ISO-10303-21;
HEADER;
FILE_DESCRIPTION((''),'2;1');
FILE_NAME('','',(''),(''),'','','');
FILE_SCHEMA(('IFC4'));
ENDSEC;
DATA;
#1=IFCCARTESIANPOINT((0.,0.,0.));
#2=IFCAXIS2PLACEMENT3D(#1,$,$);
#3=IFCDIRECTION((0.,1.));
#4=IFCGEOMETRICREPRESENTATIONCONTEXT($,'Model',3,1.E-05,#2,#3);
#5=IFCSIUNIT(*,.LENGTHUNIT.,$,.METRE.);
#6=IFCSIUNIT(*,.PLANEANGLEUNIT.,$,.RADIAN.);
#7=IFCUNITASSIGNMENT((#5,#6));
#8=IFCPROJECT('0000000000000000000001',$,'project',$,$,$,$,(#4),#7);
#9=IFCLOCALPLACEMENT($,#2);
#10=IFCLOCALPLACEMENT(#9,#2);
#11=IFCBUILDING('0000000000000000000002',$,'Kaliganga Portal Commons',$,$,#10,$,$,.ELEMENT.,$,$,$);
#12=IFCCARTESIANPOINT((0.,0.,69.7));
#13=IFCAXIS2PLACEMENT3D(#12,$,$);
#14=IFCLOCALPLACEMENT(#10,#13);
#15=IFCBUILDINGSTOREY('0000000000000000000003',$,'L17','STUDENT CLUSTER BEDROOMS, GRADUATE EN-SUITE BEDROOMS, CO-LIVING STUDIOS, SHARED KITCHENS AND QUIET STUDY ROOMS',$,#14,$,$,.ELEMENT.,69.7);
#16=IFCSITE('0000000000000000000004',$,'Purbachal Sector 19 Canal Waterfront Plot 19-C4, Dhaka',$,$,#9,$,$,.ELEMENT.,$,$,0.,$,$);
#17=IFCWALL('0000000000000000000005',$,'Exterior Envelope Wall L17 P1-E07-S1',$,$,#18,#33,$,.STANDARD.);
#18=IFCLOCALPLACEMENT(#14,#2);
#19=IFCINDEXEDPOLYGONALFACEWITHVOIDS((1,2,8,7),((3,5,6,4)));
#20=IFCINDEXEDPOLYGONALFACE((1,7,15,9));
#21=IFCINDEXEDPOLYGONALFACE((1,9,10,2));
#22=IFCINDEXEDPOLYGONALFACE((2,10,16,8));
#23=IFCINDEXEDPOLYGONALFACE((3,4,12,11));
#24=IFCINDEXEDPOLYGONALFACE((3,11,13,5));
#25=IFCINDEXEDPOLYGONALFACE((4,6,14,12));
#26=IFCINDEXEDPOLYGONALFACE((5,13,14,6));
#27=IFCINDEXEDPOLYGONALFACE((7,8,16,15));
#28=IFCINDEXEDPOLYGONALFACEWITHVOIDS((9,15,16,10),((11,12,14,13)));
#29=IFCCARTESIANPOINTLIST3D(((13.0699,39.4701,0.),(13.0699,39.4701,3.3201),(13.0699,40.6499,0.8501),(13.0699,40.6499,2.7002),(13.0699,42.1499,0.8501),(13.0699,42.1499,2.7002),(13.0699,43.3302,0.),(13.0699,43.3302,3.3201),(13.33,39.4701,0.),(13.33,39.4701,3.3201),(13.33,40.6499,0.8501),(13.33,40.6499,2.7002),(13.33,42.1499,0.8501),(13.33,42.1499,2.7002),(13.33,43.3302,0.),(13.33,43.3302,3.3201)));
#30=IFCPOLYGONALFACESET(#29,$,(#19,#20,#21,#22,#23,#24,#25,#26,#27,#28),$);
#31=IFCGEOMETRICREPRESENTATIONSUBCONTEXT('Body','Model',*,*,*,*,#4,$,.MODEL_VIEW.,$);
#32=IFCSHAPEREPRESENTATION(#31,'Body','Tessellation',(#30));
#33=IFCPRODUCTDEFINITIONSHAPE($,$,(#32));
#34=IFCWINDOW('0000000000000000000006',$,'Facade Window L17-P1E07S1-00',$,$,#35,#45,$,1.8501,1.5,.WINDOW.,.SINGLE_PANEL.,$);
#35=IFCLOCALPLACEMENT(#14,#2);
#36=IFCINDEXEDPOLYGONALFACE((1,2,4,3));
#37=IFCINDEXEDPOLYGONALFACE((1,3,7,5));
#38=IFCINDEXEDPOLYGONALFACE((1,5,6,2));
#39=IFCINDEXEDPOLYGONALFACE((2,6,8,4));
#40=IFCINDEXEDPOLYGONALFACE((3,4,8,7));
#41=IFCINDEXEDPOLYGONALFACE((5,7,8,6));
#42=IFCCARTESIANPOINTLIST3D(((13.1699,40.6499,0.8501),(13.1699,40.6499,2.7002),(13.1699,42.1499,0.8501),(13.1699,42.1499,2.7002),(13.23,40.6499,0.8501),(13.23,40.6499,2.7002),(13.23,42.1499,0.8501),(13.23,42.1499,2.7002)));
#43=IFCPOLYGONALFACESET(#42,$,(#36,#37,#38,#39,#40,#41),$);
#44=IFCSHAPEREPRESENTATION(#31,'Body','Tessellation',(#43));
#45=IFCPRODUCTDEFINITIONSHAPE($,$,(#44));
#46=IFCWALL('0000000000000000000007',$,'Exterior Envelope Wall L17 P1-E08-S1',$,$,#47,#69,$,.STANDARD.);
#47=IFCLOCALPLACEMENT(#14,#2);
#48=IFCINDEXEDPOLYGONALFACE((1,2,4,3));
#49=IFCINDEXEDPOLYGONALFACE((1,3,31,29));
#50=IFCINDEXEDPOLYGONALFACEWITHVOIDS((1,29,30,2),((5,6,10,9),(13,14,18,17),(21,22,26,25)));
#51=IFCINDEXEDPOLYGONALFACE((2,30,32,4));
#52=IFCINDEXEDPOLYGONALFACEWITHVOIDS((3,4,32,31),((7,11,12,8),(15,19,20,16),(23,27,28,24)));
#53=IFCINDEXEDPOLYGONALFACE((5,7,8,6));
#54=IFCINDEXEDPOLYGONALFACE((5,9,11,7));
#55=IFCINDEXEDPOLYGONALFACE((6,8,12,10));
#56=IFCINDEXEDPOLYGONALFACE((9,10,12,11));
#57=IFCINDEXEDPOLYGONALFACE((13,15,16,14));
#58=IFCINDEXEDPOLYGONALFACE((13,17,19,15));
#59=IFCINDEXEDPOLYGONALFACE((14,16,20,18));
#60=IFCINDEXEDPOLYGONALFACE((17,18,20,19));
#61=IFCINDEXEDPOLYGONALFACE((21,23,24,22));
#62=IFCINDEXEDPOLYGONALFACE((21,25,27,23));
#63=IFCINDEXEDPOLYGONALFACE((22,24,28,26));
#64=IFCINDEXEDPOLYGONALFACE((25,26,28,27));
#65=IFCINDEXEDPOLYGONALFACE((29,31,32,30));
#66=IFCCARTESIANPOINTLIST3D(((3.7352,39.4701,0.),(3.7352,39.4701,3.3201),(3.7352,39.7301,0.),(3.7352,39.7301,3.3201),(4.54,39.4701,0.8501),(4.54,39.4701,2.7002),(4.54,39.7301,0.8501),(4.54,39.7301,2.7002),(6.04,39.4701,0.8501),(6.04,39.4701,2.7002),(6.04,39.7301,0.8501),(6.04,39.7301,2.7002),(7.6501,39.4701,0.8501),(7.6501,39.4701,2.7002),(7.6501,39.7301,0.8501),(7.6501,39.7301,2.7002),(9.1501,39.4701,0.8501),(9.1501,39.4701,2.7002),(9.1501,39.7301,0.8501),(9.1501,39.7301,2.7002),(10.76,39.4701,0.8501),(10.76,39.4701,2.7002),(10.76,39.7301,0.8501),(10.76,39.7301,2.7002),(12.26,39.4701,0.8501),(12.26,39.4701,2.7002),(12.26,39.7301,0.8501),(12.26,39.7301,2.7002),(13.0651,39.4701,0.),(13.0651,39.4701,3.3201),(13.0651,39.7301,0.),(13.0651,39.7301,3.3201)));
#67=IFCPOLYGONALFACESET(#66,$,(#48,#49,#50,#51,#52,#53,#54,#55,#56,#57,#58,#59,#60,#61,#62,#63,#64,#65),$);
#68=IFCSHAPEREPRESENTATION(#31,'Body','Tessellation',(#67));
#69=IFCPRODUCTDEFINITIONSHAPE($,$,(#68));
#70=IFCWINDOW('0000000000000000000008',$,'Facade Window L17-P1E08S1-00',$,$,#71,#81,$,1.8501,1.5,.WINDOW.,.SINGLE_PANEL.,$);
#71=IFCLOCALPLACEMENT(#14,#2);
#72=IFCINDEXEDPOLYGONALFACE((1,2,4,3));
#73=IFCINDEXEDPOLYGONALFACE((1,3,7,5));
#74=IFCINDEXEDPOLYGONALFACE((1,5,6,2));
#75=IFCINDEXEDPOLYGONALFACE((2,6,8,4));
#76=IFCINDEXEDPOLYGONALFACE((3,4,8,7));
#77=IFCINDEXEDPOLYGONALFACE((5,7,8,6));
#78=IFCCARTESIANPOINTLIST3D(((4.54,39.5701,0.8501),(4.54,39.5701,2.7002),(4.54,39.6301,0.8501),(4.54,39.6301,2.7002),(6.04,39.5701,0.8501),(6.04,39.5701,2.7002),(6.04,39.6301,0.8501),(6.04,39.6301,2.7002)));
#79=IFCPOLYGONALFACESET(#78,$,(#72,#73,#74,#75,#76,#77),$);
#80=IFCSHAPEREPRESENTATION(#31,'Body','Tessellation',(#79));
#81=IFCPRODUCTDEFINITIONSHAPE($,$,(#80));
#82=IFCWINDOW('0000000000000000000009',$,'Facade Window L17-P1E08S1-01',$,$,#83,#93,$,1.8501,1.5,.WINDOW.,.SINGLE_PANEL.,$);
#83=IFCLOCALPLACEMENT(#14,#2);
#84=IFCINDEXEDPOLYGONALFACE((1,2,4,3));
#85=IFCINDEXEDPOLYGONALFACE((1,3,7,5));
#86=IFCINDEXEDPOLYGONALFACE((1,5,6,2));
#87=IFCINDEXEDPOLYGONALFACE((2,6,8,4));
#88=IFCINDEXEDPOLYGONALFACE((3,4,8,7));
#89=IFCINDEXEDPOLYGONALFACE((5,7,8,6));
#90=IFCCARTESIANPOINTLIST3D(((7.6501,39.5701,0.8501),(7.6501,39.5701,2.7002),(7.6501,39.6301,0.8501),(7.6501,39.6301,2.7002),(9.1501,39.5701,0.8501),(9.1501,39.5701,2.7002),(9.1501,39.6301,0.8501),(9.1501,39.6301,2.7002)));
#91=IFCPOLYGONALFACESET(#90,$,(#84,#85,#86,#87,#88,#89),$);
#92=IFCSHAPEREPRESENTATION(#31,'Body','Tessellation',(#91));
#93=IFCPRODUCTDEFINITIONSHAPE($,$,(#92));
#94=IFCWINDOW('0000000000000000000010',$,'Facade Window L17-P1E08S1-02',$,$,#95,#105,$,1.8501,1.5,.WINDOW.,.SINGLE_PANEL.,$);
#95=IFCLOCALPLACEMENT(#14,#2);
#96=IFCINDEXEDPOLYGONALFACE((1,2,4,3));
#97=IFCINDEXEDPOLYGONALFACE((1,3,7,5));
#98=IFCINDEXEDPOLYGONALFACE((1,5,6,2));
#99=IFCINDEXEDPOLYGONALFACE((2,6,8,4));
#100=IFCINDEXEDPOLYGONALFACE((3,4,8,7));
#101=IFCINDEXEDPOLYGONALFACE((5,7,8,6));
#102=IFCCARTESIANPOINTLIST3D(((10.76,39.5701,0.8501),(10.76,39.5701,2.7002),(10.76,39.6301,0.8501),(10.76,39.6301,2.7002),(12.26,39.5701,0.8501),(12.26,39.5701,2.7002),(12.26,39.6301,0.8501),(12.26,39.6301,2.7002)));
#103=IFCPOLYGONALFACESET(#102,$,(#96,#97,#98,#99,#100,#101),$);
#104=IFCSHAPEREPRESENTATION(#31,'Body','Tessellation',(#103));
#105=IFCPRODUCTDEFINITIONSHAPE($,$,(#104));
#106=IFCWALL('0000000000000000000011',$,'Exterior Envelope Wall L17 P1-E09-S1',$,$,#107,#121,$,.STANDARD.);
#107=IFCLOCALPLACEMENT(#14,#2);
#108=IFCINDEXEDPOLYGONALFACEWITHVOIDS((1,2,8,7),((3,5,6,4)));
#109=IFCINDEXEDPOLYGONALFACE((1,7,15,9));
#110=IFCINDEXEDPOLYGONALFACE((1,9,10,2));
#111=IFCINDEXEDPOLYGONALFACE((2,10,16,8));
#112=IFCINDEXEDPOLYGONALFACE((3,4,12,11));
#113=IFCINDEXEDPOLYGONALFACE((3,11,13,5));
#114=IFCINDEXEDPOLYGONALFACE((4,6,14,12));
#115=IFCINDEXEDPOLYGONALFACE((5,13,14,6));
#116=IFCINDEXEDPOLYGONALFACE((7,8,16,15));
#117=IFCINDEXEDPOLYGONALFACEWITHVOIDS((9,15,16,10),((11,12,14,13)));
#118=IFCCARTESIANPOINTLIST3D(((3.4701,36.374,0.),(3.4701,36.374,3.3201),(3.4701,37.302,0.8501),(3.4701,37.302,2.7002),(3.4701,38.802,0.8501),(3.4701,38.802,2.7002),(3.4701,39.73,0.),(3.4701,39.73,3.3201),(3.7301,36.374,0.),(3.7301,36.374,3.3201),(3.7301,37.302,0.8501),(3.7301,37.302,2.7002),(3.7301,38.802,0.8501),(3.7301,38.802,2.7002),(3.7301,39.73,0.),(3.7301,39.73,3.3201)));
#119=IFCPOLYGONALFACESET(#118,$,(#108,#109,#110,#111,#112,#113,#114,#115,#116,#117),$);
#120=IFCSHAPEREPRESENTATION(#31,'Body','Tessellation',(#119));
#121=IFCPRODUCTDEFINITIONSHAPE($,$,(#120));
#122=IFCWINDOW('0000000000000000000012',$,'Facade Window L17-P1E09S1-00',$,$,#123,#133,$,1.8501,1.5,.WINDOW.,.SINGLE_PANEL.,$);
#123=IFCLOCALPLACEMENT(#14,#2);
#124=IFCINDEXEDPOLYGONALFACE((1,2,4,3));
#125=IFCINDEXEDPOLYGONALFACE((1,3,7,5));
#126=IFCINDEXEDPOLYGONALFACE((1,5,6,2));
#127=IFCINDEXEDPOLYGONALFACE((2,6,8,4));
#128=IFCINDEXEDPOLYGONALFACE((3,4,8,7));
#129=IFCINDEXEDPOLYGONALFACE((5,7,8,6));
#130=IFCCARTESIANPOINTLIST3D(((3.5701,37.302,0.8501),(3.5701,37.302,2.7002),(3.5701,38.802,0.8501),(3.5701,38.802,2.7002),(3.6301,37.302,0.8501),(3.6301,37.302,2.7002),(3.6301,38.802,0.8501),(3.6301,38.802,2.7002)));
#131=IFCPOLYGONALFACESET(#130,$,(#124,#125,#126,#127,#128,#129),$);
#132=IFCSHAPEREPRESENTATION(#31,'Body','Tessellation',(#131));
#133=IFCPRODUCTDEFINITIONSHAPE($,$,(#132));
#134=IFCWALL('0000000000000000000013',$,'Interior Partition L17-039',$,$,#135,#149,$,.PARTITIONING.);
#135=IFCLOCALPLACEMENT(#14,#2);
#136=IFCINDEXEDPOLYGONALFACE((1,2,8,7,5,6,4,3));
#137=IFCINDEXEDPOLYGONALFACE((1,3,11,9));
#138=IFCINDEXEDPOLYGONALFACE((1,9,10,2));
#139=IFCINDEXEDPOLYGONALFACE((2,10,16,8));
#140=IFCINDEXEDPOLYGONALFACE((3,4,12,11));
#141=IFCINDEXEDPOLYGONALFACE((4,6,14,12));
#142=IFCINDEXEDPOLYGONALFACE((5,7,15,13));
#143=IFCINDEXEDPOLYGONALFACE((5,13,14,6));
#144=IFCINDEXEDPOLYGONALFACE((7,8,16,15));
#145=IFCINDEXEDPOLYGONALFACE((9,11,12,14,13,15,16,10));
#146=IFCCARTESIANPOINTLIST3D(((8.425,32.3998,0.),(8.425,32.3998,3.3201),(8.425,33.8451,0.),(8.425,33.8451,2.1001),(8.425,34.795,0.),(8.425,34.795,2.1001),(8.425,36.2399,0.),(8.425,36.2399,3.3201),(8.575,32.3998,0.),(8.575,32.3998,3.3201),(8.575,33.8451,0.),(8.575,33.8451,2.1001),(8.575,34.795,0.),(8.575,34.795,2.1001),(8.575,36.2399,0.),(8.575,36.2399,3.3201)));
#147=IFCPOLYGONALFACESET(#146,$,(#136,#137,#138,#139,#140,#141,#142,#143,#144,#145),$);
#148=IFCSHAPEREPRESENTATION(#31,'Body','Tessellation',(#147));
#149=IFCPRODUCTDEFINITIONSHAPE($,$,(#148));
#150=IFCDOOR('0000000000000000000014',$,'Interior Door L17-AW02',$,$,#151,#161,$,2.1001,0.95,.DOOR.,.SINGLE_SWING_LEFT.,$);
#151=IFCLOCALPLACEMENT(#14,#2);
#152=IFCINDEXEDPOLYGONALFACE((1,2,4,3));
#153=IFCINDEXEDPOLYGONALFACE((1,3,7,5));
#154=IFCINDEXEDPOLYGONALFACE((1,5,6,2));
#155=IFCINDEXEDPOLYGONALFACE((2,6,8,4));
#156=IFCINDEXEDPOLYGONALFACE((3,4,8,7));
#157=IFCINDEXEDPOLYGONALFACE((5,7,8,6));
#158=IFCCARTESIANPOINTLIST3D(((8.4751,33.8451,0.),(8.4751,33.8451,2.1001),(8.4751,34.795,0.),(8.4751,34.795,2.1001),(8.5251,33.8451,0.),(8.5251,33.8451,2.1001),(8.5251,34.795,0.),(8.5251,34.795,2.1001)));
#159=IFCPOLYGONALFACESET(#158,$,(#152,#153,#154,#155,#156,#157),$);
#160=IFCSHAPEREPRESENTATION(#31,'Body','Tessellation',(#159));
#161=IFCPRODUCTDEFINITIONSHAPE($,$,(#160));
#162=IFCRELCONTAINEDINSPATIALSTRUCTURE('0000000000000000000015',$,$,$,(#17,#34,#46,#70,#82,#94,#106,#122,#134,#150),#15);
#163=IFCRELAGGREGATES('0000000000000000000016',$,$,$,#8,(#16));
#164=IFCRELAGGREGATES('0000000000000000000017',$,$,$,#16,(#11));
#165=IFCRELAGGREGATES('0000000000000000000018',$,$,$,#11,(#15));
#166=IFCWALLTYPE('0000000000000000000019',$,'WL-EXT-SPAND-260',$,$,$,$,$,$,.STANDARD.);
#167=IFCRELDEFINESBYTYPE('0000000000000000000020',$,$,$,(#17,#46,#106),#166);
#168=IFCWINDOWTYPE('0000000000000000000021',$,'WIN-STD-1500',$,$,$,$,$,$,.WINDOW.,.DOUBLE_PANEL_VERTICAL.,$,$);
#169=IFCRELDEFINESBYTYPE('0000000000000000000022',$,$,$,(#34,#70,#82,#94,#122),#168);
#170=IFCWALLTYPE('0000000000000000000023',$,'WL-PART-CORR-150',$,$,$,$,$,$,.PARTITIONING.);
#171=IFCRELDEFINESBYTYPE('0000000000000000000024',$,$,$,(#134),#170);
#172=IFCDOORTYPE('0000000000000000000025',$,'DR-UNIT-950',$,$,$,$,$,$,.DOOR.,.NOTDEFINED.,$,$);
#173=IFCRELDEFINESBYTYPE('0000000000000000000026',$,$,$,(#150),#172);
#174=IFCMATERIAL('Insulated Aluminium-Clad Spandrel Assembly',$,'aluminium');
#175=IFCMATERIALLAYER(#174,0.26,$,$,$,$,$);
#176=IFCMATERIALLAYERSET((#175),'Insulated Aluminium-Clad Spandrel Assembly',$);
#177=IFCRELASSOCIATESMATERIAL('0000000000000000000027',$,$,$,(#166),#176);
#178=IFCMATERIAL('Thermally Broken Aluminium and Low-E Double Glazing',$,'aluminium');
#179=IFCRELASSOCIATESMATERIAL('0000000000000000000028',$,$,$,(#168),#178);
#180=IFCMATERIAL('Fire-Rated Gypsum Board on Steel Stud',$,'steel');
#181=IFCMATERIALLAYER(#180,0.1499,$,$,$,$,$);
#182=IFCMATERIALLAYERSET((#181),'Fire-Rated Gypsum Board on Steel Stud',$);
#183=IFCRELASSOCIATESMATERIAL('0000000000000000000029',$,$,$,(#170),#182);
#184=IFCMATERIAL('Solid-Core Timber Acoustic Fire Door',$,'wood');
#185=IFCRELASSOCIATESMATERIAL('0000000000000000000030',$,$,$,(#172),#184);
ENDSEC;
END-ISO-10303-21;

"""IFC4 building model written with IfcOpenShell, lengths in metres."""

from ifc_helpers import new_model, si_unit, direction, frame, frame_2d, origin, place, context, subcontext, project, spatial, rectangle, extrude, material, layer, layer_set, type_object, element, fill, save


model = new_model("IFC4")

# Units and contexts
model_context = context("Model", 3, precision=1e-05, world=origin(), true_north=direction((0.0, 1.0)))
body_context = subcontext(model_context, "Body", "Model", "MODEL_VIEW")
ifc_project = project(units=[si_unit("LENGTHUNIT", "METRE"), si_unit("PLANEANGLEUNIT", "RADIAN")], contexts=[model_context])

# Site, building, storey
site_placement = place(None, origin())
site = spatial("IfcSite", under=ifc_project, at=site_placement, Name="Purbachal Sector 19 Canal Waterfront Plot 19-C4, Dhaka", CompositionType="ELEMENT", RefElevation=0.0)
building_placement = place(site_placement, origin())
building = spatial("IfcBuilding", under=site, at=building_placement, Name="Kaliganga Portal Commons", CompositionType="ELEMENT")
storey_placement = place(building_placement, frame((0.0, 0.0, 69.7)))
storey = spatial("IfcBuildingStorey", under=building, at=storey_placement, Name="L17", Description="STUDENT CLUSTER BEDROOMS, GRADUATE EN-SUITE BEDROOMS, CO-LIVING STUDIOS, SHARED KITCHENS AND QUIET STUDY ROOMS", CompositionType="ELEMENT", Elevation=69.7)

# Shared definitions
ifc_material_1 = material(Name="Insulated Aluminium-Clad Spandrel Assembly", Category="aluminium")
ifc_layer_1 = layer(ifc_material_1, 0.26)
ifc_layer_set_1 = layer_set([ifc_layer_1], Name="Insulated Aluminium-Clad Spandrel Assembly")
wall_type_1 = type_object("IfcWallType", Name="WL-EXT-SPAND-260", PredefinedType="STANDARD", material=ifc_layer_set_1)

# Wall, opening, window
wall_1_placement = place(storey_placement, frame((13.2, 39.47, 0.0), z_axis=(0.0, 0.0, 1.0), x_axis=(0.0, 1.0, 0.0)))
wall_1 = element("IfcWall", 1, at=wall_1_placement, inside=storey, type_object=wall_type_1, Name="Exterior Envelope Wall L17 P1-E07-S1", PredefinedType="STANDARD", context=body_context, shape_type="SweptSolid", body=[
    extrude(rectangle(XDim=3.8601, YDim=0.26, at=frame_2d((1.9302, 0.0))), origin(), (0.0, 0.0, 1.0), 3.3201),
])
opening_1_placement = place(wall_1_placement, frame((1.1799, 0.0, 0.8501)))
opening_1 = element("IfcOpeningElement", 2, at=opening_1_placement, cuts=wall_1, PredefinedType="OPENING", context=body_context, shape_type="SweptSolid", body=[
    extrude(rectangle(XDim=1.5, YDim=1.8501, at=frame_2d((0.75, 0.925))), frame((0.0, 0.1401, 0.0), z_axis=(0.0, -1.0, 0.0), x_axis=(1.0, 0.0, 0.0)), (0.0, 0.0, 1.0), 0.28),
])
ifc_material_2 = material(Name="Thermally Broken Aluminium and Low-E Double Glazing", Category="aluminium")
window_type = type_object("IfcWindowType", Name="WIN-STD-1500", PartitioningType="DOUBLE_PANEL_VERTICAL", PredefinedType="WINDOW", material=ifc_material_2)
window_1_placement = place(opening_1_placement, origin())
window_1 = element("IfcWindow", 3, at=window_1_placement, inside=storey, type_object=window_type, Name="Facade Window L17-P1E07S1-00", OverallHeight=1.8501, OverallWidth=1.5, PartitioningType="SINGLE_PANEL", PredefinedType="WINDOW", context=body_context, shape_type="SweptSolid", body=[
    extrude(rectangle(XDim=1.5, YDim=1.8501, at=frame_2d((0.75, 0.925))), frame((0.0, 0.03, 0.0), z_axis=(0.0, -1.0, 0.0), x_axis=(1.0, 0.0, 0.0)), (0.0, 0.0, 1.0), 0.0601),
])
fill(opening_1, window_1)

# Wall, openings, windows
wall_2_placement = place(storey_placement, frame((3.7351, 39.6001, 0.0), z_axis=(0.0, 0.0, 1.0), x_axis=(1.0, 0.0, 0.0)))
wall_2 = element("IfcWall", 4, at=wall_2_placement, inside=storey, type_object=wall_type_1, Name="Exterior Envelope Wall L17 P1-E08-S1", PredefinedType="STANDARD", context=body_context, shape_type="SweptSolid", body=[
    extrude(rectangle(XDim=9.3298, YDim=0.26, at=frame_2d((4.665, 0.0))), origin(), (0.0, 0.0, 1.0), 3.3201),
])
opening_2_placement = place(wall_2_placement, frame((0.8049, 0.0, 0.8501)))
opening_2 = element("IfcOpeningElement", 5, at=opening_2_placement, cuts=wall_2, PredefinedType="OPENING", context=body_context, shape_type="SweptSolid", body=[
    extrude(rectangle(XDim=1.5, YDim=1.8501, at=frame_2d((0.75, 0.925))), frame((0.0, 0.1401, 0.0), z_axis=(0.0, -1.0, 0.0), x_axis=(1.0, 0.0, 0.0)), (0.0, 0.0, 1.0), 0.28),
])
opening_3_placement = place(wall_2_placement, frame((3.915, 0.0, 0.8501)))
opening_3 = element("IfcOpeningElement", 6, at=opening_3_placement, cuts=wall_2, PredefinedType="OPENING", context=body_context, shape_type="SweptSolid", body=[
    extrude(rectangle(XDim=1.5, YDim=1.8501, at=frame_2d((0.75, 0.925))), frame((0.0, 0.1401, 0.0), z_axis=(0.0, -1.0, 0.0), x_axis=(1.0, 0.0, 0.0)), (0.0, 0.0, 1.0), 0.28),
])
opening_4_placement = place(wall_2_placement, frame((7.0249, 0.0, 0.8501)))
opening_4 = element("IfcOpeningElement", 7, at=opening_4_placement, cuts=wall_2, PredefinedType="OPENING", context=body_context, shape_type="SweptSolid", body=[
    extrude(rectangle(XDim=1.5, YDim=1.8501, at=frame_2d((0.75, 0.925))), frame((0.0, 0.1401, 0.0), z_axis=(0.0, -1.0, 0.0), x_axis=(1.0, 0.0, 0.0)), (0.0, 0.0, 1.0), 0.28),
])
window_2_placement = place(opening_2_placement, origin())
window_2 = element("IfcWindow", 8, at=window_2_placement, inside=storey, type_object=window_type, Name="Facade Window L17-P1E08S1-00", OverallHeight=1.8501, OverallWidth=1.5, PartitioningType="SINGLE_PANEL", PredefinedType="WINDOW", context=body_context, shape_type="SweptSolid", body=[
    extrude(rectangle(XDim=1.5, YDim=1.8501, at=frame_2d((0.75, 0.925))), frame((0.0, 0.03, 0.0), z_axis=(0.0, -1.0, 0.0), x_axis=(1.0, 0.0, 0.0)), (0.0, 0.0, 1.0), 0.0601),
])
fill(opening_2, window_2)
window_3_placement = place(opening_3_placement, origin())
window_3 = element("IfcWindow", 9, at=window_3_placement, inside=storey, type_object=window_type, Name="Facade Window L17-P1E08S1-01", OverallHeight=1.8501, OverallWidth=1.5, PartitioningType="SINGLE_PANEL", PredefinedType="WINDOW", context=body_context, shape_type="SweptSolid", body=[
    extrude(rectangle(XDim=1.5, YDim=1.8501, at=frame_2d((0.75, 0.925))), frame((0.0, 0.03, 0.0), z_axis=(0.0, -1.0, 0.0), x_axis=(1.0, 0.0, 0.0)), (0.0, 0.0, 1.0), 0.0601),
])
fill(opening_3, window_3)
window_4_placement = place(opening_4_placement, origin())
window_4 = element("IfcWindow", 10, at=window_4_placement, inside=storey, type_object=window_type, Name="Facade Window L17-P1E08S1-02", OverallHeight=1.8501, OverallWidth=1.5, PartitioningType="SINGLE_PANEL", PredefinedType="WINDOW", context=body_context, shape_type="SweptSolid", body=[
    extrude(rectangle(XDim=1.5, YDim=1.8501, at=frame_2d((0.75, 0.925))), frame((0.0, 0.03, 0.0), z_axis=(0.0, -1.0, 0.0), x_axis=(1.0, 0.0, 0.0)), (0.0, 0.0, 1.0), 0.0601),
])
fill(opening_4, window_4)

# Wall, opening, window
wall_3_placement = place(storey_placement, frame((3.6001, 36.374, 0.0), z_axis=(0.0, 0.0, 1.0), x_axis=(0.0, 1.0, 0.0)))
wall_3 = element("IfcWall", 11, at=wall_3_placement, inside=storey, type_object=wall_type_1, Name="Exterior Envelope Wall L17 P1-E09-S1", PredefinedType="STANDARD", context=body_context, shape_type="SweptSolid", body=[
    extrude(rectangle(XDim=3.356, YDim=0.26, at=frame_2d((1.678, 0.0))), origin(), (0.0, 0.0, 1.0), 3.3201),
])
opening_5_placement = place(wall_3_placement, frame((0.928, 0.0, 0.8501)))
opening_5 = element("IfcOpeningElement", 12, at=opening_5_placement, cuts=wall_3, PredefinedType="OPENING", context=body_context, shape_type="SweptSolid", body=[
    extrude(rectangle(XDim=1.5, YDim=1.8501, at=frame_2d((0.75, 0.925))), frame((0.0, 0.1401, 0.0), z_axis=(0.0, -1.0, 0.0), x_axis=(1.0, 0.0, 0.0)), (0.0, 0.0, 1.0), 0.28),
])
window_5_placement = place(opening_5_placement, origin())
window_5 = element("IfcWindow", 13, at=window_5_placement, inside=storey, type_object=window_type, Name="Facade Window L17-P1E09S1-00", OverallHeight=1.8501, OverallWidth=1.5, PartitioningType="SINGLE_PANEL", PredefinedType="WINDOW", context=body_context, shape_type="SweptSolid", body=[
    extrude(rectangle(XDim=1.5, YDim=1.8501, at=frame_2d((0.75, 0.925))), frame((0.0, 0.03, 0.0), z_axis=(0.0, -1.0, 0.0), x_axis=(1.0, 0.0, 0.0)), (0.0, 0.0, 1.0), 0.0601),
])
fill(opening_5, window_5)

# Wall, opening, door
ifc_material_3 = material(Name="Fire-Rated Gypsum Board on Steel Stud", Category="steel")
ifc_layer_2 = layer(ifc_material_3, 0.1499)
ifc_layer_set_2 = layer_set([ifc_layer_2], Name="Fire-Rated Gypsum Board on Steel Stud")
wall_type_2 = type_object("IfcWallType", Name="WL-PART-CORR-150", PredefinedType="PARTITIONING", material=ifc_layer_set_2)
wall_4_placement = place(storey_placement, frame((8.5, 32.3999, 0.0), z_axis=(0.0, 0.0, 1.0), x_axis=(0.0, 1.0, 0.0)))
wall_4 = element("IfcWall", 14, at=wall_4_placement, inside=storey, type_object=wall_type_2, Name="Interior Partition L17-039", PredefinedType="PARTITIONING", context=body_context, shape_type="SweptSolid", body=[
    extrude(rectangle(XDim=3.8401, YDim=0.1499, at=frame_2d((1.9199, 0.0))), origin(), (0.0, 0.0, 1.0), 3.3201),
])
opening_6_placement = place(wall_4_placement, frame((1.4451, 0.0, 0.0)))
opening_6 = element("IfcOpeningElement", 15, at=opening_6_placement, cuts=wall_4, PredefinedType="OPENING", context=body_context, shape_type="SweptSolid", body=[
    extrude(rectangle(XDim=0.95, YDim=2.1001, at=frame_2d((0.4751, 1.05))), frame((0.0, 0.085, 0.0), z_axis=(0.0, -1.0, 0.0), x_axis=(1.0, 0.0, 0.0)), (0.0, 0.0, 1.0), 0.1699),
])
ifc_material_4 = material(Name="Solid-Core Timber Acoustic Fire Door", Category="wood")
door_type_1 = type_object("IfcDoorType", Name="DR-UNIT-950", OperationType="NOTDEFINED", PredefinedType="DOOR", material=ifc_material_4)
door_1_placement = place(opening_6_placement, origin())
door_1 = element("IfcDoor", 16, at=door_1_placement, inside=storey, type_object=door_type_1, Name="Interior Door L17-AW02", OperationType="SINGLE_SWING_LEFT", OverallHeight=2.1001, OverallWidth=0.95, PredefinedType="DOOR", context=body_context, shape_type="SweptSolid", body=[
    extrude(rectangle(XDim=0.95, YDim=2.1001, at=frame_2d((0.4751, 1.05))), frame((0.0, 0.0249, 0.0), z_axis=(0.0, -1.0, 0.0), x_axis=(1.0, 0.0, 0.0)), (0.0, 0.0, 1.0), 0.05),
])
fill(opening_6, door_1)

save(model, "model.ifc")
